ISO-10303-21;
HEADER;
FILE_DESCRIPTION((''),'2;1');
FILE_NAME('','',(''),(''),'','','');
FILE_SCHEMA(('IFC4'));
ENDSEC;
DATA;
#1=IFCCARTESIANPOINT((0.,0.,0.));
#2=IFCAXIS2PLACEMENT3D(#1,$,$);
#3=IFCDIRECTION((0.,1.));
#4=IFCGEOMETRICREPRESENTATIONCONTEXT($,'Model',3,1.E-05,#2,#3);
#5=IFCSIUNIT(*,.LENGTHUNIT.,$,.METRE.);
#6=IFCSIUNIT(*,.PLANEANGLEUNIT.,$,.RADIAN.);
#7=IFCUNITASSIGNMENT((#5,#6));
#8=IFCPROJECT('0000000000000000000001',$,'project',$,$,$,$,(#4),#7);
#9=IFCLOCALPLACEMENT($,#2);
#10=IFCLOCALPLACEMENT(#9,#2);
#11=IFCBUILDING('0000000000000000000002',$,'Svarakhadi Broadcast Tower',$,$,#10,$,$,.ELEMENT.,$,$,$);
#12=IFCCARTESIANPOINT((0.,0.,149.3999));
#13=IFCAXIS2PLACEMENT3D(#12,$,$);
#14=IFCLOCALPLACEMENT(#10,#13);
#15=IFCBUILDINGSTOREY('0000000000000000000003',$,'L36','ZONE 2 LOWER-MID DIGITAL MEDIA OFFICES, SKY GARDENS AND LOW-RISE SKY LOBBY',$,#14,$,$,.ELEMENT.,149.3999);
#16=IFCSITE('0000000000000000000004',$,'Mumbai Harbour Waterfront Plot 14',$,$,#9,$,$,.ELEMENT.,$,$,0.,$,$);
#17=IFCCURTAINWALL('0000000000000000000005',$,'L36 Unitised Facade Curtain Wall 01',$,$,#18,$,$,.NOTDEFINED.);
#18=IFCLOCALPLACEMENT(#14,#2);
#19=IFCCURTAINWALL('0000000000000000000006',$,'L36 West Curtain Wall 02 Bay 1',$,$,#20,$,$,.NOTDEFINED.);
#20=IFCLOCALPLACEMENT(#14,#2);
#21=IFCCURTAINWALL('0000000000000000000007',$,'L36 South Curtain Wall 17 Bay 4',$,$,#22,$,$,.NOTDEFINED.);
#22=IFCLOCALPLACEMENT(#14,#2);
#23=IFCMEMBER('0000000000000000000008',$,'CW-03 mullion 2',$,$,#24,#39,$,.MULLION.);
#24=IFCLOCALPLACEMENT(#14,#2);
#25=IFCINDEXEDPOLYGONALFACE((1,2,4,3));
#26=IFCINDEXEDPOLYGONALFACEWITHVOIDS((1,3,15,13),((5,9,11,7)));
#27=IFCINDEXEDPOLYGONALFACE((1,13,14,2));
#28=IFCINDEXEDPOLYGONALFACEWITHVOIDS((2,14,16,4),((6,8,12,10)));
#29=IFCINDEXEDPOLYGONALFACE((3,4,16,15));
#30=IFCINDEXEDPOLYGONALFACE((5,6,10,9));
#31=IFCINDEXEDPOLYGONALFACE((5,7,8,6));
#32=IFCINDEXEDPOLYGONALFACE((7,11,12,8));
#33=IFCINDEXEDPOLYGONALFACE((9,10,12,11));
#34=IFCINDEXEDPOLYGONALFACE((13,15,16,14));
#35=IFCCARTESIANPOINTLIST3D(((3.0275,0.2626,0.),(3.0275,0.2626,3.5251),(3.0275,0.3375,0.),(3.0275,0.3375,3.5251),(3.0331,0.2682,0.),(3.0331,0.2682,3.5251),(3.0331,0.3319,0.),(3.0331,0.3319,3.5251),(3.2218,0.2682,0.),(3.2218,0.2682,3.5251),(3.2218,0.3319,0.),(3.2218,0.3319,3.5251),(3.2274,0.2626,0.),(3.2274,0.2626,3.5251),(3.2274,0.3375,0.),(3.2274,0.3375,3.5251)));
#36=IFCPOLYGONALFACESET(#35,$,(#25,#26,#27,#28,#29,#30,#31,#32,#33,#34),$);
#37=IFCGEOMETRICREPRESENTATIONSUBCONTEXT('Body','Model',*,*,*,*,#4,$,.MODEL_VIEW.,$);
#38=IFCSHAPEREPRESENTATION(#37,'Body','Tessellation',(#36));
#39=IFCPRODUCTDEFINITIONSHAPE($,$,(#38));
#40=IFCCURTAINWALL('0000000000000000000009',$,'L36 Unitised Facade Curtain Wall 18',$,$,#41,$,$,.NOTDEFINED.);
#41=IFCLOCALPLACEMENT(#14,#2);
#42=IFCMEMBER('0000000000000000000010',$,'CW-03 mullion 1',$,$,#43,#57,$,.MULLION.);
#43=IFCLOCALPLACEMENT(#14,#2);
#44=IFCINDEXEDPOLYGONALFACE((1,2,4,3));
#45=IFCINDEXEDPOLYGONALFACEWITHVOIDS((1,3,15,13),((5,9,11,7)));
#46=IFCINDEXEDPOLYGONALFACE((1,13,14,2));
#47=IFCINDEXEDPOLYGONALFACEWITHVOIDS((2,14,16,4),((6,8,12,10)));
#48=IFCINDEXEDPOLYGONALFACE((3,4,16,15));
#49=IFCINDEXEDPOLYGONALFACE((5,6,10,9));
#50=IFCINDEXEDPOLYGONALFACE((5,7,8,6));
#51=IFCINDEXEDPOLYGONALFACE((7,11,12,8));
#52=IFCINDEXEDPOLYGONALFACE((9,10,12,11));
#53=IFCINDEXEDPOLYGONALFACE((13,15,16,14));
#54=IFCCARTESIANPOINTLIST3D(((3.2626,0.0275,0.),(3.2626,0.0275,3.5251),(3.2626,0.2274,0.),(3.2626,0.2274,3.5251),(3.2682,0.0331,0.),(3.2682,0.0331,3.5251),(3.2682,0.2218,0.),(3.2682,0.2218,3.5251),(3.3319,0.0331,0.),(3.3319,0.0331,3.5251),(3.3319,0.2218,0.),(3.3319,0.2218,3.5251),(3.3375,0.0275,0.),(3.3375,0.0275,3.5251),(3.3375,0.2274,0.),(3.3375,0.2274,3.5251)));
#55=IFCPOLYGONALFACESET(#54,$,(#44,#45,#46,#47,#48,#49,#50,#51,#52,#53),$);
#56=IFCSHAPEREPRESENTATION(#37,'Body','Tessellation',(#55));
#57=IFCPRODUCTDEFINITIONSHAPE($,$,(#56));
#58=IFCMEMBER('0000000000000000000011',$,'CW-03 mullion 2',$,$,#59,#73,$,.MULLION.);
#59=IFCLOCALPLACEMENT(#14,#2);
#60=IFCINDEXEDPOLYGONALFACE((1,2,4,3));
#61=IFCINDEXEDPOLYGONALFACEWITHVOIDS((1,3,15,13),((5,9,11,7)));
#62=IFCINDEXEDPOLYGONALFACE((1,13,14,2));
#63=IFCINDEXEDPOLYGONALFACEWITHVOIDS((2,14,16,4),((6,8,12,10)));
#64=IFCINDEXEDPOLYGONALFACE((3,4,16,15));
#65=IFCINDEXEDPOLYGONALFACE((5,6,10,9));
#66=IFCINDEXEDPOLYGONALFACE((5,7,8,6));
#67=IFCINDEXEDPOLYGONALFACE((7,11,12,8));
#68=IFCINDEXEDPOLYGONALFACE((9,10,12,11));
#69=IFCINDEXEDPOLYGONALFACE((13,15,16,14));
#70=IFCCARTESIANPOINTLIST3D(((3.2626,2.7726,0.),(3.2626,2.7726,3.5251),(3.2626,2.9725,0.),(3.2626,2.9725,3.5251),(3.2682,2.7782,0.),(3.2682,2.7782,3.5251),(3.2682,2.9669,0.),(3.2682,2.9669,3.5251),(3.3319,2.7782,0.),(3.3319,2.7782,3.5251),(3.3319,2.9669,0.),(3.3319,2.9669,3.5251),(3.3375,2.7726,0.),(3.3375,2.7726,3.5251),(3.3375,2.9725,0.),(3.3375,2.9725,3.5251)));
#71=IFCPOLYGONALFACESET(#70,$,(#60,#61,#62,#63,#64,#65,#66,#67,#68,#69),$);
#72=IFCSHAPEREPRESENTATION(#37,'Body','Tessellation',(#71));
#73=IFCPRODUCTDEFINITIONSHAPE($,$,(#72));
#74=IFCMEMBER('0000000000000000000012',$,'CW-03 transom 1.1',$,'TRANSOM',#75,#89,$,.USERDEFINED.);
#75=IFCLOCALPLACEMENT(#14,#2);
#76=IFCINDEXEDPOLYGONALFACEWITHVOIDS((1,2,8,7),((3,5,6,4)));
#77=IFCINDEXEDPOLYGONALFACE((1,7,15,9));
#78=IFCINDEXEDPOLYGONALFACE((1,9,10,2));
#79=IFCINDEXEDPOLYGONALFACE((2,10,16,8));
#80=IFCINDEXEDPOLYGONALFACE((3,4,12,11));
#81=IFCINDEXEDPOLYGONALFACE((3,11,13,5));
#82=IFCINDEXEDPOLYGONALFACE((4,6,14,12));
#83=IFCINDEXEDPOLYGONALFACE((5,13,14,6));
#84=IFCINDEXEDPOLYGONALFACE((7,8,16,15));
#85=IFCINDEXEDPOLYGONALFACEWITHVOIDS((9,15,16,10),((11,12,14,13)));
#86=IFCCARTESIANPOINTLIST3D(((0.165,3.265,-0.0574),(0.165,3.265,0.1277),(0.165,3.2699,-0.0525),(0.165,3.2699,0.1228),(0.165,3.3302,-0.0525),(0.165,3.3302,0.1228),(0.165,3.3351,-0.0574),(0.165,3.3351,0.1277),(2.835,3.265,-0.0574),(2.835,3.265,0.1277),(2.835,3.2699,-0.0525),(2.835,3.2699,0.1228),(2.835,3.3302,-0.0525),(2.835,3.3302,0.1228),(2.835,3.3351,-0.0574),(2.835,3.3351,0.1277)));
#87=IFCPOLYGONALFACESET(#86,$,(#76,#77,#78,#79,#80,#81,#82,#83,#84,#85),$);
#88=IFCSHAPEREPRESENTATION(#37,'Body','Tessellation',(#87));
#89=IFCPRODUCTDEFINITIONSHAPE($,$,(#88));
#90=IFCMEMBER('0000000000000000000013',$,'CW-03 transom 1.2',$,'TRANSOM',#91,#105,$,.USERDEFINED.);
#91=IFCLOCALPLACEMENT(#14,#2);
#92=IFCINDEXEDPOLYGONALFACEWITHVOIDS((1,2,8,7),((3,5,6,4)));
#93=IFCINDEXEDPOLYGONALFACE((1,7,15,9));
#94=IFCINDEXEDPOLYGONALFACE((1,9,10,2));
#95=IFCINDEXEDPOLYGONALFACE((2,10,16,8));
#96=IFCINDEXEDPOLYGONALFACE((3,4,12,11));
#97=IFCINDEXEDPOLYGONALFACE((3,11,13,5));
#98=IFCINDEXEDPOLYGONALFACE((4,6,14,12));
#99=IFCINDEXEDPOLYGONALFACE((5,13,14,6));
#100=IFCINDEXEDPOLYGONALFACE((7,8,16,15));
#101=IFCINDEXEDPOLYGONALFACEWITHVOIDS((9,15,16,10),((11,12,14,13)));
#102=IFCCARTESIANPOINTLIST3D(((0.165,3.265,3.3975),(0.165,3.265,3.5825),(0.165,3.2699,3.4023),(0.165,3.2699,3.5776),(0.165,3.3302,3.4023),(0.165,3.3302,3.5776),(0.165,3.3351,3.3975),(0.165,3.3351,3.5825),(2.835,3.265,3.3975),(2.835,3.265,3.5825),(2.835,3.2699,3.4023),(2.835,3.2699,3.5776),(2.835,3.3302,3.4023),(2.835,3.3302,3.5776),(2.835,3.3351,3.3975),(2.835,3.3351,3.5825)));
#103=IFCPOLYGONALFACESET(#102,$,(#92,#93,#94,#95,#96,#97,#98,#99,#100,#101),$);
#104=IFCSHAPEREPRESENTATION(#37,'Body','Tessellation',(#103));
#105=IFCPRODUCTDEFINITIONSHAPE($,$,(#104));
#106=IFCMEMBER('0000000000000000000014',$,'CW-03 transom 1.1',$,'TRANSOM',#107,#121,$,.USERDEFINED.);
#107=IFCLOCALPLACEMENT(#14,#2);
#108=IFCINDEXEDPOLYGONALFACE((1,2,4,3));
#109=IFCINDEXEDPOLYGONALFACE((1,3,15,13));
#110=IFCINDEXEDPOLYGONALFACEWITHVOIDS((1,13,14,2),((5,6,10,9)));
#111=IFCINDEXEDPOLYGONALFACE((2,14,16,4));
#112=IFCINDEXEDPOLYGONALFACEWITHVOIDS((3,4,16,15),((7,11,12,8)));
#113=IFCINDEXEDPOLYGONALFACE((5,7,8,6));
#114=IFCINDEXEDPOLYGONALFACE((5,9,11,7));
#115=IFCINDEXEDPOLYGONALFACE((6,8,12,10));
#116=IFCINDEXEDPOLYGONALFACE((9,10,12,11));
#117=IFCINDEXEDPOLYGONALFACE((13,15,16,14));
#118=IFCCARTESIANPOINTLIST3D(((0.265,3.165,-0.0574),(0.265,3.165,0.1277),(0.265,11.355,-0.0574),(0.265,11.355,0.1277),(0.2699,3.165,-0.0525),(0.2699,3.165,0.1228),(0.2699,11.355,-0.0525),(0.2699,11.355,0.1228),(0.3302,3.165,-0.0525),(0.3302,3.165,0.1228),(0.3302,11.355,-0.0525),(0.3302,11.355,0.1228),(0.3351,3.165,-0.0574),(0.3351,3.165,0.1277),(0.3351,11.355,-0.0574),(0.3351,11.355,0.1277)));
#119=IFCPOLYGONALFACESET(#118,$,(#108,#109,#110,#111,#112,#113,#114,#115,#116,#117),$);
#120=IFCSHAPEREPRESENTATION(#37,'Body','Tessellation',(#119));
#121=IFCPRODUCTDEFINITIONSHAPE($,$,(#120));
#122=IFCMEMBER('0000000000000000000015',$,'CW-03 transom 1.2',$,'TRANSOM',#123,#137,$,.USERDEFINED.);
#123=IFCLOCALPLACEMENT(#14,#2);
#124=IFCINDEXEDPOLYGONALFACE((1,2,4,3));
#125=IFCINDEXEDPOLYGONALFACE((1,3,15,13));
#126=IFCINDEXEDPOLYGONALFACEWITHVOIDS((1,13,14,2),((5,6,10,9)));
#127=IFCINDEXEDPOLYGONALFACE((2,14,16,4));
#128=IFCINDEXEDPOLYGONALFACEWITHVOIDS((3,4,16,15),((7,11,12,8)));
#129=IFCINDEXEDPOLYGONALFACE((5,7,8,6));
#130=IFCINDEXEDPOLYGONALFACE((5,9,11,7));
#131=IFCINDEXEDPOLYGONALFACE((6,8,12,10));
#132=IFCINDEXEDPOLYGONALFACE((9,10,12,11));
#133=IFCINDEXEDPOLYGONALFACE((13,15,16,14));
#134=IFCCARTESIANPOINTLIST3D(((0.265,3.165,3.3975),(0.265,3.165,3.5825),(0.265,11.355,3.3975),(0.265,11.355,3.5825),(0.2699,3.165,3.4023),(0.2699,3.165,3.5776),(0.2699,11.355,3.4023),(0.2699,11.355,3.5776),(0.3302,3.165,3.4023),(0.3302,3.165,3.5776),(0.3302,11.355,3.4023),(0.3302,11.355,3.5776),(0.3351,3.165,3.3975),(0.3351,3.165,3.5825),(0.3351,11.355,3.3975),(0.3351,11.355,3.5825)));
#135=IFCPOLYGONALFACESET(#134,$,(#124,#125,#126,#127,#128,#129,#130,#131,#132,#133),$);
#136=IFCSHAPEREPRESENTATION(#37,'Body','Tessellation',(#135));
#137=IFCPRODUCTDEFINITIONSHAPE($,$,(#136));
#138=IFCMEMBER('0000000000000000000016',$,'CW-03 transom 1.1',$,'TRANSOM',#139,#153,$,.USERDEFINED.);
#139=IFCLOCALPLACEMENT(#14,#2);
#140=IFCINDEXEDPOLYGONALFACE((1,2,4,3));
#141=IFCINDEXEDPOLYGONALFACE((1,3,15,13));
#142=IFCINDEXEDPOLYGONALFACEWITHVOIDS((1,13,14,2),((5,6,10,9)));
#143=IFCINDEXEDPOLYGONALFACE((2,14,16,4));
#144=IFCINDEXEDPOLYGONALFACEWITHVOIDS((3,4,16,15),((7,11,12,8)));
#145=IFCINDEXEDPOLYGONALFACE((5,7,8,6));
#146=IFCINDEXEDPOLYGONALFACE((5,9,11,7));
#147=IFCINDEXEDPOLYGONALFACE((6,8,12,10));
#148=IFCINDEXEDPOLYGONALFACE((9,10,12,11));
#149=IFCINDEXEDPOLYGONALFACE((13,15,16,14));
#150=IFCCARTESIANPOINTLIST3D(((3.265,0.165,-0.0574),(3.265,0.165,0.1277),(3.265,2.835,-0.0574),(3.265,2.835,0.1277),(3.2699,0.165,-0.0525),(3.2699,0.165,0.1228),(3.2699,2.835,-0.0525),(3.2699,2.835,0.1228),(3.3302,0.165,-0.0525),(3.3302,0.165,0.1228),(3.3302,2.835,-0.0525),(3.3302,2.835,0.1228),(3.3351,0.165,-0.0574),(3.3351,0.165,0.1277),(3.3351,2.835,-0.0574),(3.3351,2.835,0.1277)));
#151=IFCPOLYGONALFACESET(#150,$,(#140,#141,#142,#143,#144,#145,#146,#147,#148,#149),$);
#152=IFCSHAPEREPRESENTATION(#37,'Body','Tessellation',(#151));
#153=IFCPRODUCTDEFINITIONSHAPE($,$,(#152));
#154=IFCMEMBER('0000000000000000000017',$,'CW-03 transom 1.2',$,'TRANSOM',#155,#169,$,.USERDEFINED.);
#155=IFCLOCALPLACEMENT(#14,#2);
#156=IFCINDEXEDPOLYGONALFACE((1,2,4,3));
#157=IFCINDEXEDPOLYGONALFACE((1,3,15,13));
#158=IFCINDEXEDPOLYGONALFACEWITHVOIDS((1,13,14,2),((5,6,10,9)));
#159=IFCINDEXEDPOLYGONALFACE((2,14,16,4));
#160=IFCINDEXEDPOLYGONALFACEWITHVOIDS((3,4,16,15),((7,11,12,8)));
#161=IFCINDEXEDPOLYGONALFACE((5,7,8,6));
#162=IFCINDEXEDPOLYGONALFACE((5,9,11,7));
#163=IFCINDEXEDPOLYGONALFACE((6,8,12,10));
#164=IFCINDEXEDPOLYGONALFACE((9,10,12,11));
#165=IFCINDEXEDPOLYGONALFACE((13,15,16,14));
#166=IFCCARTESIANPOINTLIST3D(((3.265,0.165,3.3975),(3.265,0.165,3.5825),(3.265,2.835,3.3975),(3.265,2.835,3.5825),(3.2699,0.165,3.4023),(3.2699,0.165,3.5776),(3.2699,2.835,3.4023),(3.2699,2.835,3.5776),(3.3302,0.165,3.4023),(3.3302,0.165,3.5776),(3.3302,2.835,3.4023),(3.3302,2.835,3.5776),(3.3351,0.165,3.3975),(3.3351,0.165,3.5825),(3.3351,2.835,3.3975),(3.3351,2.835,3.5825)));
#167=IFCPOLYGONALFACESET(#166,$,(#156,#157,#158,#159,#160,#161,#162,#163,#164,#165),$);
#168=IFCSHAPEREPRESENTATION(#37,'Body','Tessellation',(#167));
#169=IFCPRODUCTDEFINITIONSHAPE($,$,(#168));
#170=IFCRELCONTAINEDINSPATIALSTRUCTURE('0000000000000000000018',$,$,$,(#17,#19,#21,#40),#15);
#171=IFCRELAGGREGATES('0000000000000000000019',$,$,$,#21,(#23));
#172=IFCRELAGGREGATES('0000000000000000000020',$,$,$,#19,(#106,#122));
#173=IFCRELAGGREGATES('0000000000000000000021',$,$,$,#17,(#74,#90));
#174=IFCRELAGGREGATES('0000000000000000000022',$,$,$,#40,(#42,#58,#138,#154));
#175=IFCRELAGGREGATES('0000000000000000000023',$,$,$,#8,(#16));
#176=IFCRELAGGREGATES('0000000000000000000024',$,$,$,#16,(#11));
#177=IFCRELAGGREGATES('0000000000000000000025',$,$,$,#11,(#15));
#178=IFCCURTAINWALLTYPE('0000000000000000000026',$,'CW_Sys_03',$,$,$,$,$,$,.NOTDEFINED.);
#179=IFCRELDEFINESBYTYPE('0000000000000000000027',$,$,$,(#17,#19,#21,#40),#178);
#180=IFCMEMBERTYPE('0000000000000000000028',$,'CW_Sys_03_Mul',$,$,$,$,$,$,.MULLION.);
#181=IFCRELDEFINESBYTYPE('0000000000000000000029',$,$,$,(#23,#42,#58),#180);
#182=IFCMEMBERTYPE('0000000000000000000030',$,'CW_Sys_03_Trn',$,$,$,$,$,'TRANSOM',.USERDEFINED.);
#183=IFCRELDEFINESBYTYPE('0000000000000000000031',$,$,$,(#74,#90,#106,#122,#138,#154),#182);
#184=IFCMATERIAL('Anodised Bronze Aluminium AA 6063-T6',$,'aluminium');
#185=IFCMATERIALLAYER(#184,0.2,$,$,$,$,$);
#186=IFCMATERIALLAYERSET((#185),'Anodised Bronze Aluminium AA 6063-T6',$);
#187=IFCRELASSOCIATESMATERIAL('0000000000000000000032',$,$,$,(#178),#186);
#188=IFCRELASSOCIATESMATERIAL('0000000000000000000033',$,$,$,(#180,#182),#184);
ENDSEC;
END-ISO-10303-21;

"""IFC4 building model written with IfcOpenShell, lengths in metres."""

from ifc_helpers import new_model, si_unit, direction, frame, origin, origin_2d, place, context, subcontext, project, spatial, hollow_rectangle, extrude, material, layer, layer_set, material_profile, profile_set, type_object, element, aggregate, save


model = new_model("IFC4")

# Units and contexts
model_context = context("Model", 3, precision=1e-05, world=origin(), true_north=direction((0.0, 1.0)))
body_context = subcontext(model_context, "Body", "Model", "MODEL_VIEW")
ifc_project = project(units=[si_unit("LENGTHUNIT", "METRE"), si_unit("PLANEANGLEUNIT", "RADIAN")], contexts=[model_context])

# Site, building, storey
site_placement = place(None, origin())
site = spatial("IfcSite", under=ifc_project, at=site_placement, Name="Mumbai Harbour Waterfront Plot 14", CompositionType="ELEMENT", RefElevation=0.0)
building_placement = place(site_placement, origin())
building = spatial("IfcBuilding", under=site, at=building_placement, Name="Svarakhadi Broadcast Tower", CompositionType="ELEMENT")
storey_placement = place(building_placement, frame((0.0, 0.0, 149.3999)))
storey = spatial("IfcBuildingStorey", under=building, at=storey_placement, Name="L36", Description="ZONE 2 LOWER-MID DIGITAL MEDIA OFFICES, SKY GARDENS AND LOW-RISE SKY LOBBY", CompositionType="ELEMENT", Elevation=149.3999)

# Curtain wall
ifc_material_1 = material(Name="Anodised Bronze Aluminium AA 6063-T6", Category="aluminium")
ifc_layer_1 = layer(ifc_material_1, 0.2)
ifc_layer_set_1 = layer_set([ifc_layer_1], Name="Anodised Bronze Aluminium AA 6063-T6")
curtain_wall_type = type_object("IfcCurtainWallType", Name="CW_Sys_03", PredefinedType="NOTDEFINED", material=ifc_layer_set_1)
curtain_wall_1_placement = place(storey_placement, origin())
curtain_wall_1 = element("IfcCurtainWall", 1, at=curtain_wall_1_placement, inside=storey, type_object=curtain_wall_type, Name="L36 Unitised Facade Curtain Wall 01", PredefinedType="NOTDEFINED")
ifc_material_profile_1 = material_profile(ifc_material_1, hollow_rectangle(XDim=0.075, YDim=0.2, WallThickness=0.0056, at=origin_2d()), Name="ALU MULLION 200x75x6")
ifc_profile_set_1 = profile_set([ifc_material_profile_1], Name="Anodised Bronze Aluminium AA 6063-T6")
member_type_1 = type_object("IfcMemberType", Name="CW_Sys_03_Mul", PredefinedType="MULLION", material=ifc_profile_set_1)

# Curtain walls, member
curtain_wall_2_placement = place(storey_placement, origin())
curtain_wall_2 = element("IfcCurtainWall", 2, at=curtain_wall_2_placement, inside=storey, type_object=curtain_wall_type, Name="L36 West Curtain Wall 02 Bay 1", PredefinedType="NOTDEFINED")
curtain_wall_3_placement = place(storey_placement, origin())
curtain_wall_3 = element("IfcCurtainWall", 3, at=curtain_wall_3_placement, inside=storey, type_object=curtain_wall_type, Name="L36 South Curtain Wall 17 Bay 4", PredefinedType="NOTDEFINED")
member_1_placement = place(storey_placement, frame((3.1274, 0.3, 0.0), z_axis=(0.0, 0.0, 1.0), x_axis=(0.0, -1.0, 0.0)))
member_1 = element("IfcMember", 4, at=member_1_placement, type_object=member_type_1, Name="CW-03 mullion 2", PredefinedType="MULLION", context=body_context, shape_type="SweptSolid", body=[
    extrude(hollow_rectangle(XDim=0.075, YDim=0.2, WallThickness=0.0056, at=origin_2d()), origin(), (0.0, 0.0, 1.0), 3.5251),
])
aggregate(curtain_wall_3, [member_1])

# Curtain wall, members
curtain_wall_4_placement = place(storey_placement, origin())
curtain_wall_4 = element("IfcCurtainWall", 5, at=curtain_wall_4_placement, inside=storey, type_object=curtain_wall_type, Name="L36 Unitised Facade Curtain Wall 18", PredefinedType="NOTDEFINED")
member_2_placement = place(storey_placement, frame((3.3, 0.1274, 0.0), z_axis=(0.0, 0.0, 1.0), x_axis=(-1.0, 0.0, 0.0)))
member_2 = element("IfcMember", 6, at=member_2_placement, type_object=member_type_1, Name="CW-03 mullion 1", PredefinedType="MULLION", context=body_context, shape_type="SweptSolid", body=[
    extrude(hollow_rectangle(XDim=0.075, YDim=0.2, WallThickness=0.0056, at=origin_2d()), origin(), (0.0, 0.0, 1.0), 3.5251),
])
member_3_placement = place(storey_placement, frame((3.3, 2.8726, 0.0), z_axis=(0.0, 0.0, 1.0), x_axis=(-1.0, 0.0, 0.0)))
member_3 = element("IfcMember", 7, at=member_3_placement, type_object=member_type_1, Name="CW-03 mullion 2", PredefinedType="MULLION", context=body_context, shape_type="SweptSolid", body=[
    extrude(hollow_rectangle(XDim=0.075, YDim=0.2, WallThickness=0.0056, at=origin_2d()), origin(), (0.0, 0.0, 1.0), 3.5251),
])

# Members
ifc_material_profile_2 = material_profile(ifc_material_1, hollow_rectangle(XDim=0.0701, YDim=0.1851, WallThickness=0.0049, at=origin_2d()), Name="ALU TRANSOM 185x70x5")
ifc_profile_set_2 = profile_set([ifc_material_profile_2], Name="Anodised Bronze Aluminium AA 6063-T6")
member_type_2 = type_object("IfcMemberType", Name="CW_Sys_03_Trn", ElementType="TRANSOM", PredefinedType="USERDEFINED", material=ifc_profile_set_2)
member_4_placement = place(storey_placement, frame((2.835, 3.3, 0.0352), z_axis=(-1.0, 0.0, 0.0), x_axis=(0.0, -1.0, 0.0)))
member_4 = element("IfcMember", 8, at=member_4_placement, type_object=member_type_2, Name="CW-03 transom 1.1", ObjectType="TRANSOM", PredefinedType="USERDEFINED", context=body_context, shape_type="SweptSolid", body=[
    extrude(hollow_rectangle(XDim=0.0701, YDim=0.1851, WallThickness=0.0049, at=origin_2d()), origin(), (0.0, 0.0, 1.0), 2.6699),
])
member_5_placement = place(storey_placement, frame((2.835, 3.3, 3.49), z_axis=(-1.0, 0.0, 0.0), x_axis=(0.0, -1.0, 0.0)))
member_5 = element("IfcMember", 9, at=member_5_placement, type_object=member_type_2, Name="CW-03 transom 1.2", ObjectType="TRANSOM", PredefinedType="USERDEFINED", context=body_context, shape_type="SweptSolid", body=[
    extrude(hollow_rectangle(XDim=0.0701, YDim=0.1851, WallThickness=0.0049, at=origin_2d()), origin(), (0.0, 0.0, 1.0), 2.6699),
])
member_6_placement = place(storey_placement, frame((0.3, 3.165, 0.0352), z_axis=(0.0, 1.0, 0.0), x_axis=(-1.0, 0.0, 0.0)))
member_6 = element("IfcMember", 10, at=member_6_placement, type_object=member_type_2, Name="CW-03 transom 1.1", ObjectType="TRANSOM", PredefinedType="USERDEFINED", context=body_context, shape_type="SweptSolid", body=[
    extrude(hollow_rectangle(XDim=0.0701, YDim=0.1851, WallThickness=0.0049, at=origin_2d()), origin(), (0.0, 0.0, 1.0), 8.1899),
])
member_7_placement = place(storey_placement, frame((0.3, 3.165, 3.49), z_axis=(0.0, 1.0, 0.0), x_axis=(-1.0, 0.0, 0.0)))
member_7 = element("IfcMember", 11, at=member_7_placement, type_object=member_type_2, Name="CW-03 transom 1.2", ObjectType="TRANSOM", PredefinedType="USERDEFINED", context=body_context, shape_type="SweptSolid", body=[
    extrude(hollow_rectangle(XDim=0.0701, YDim=0.1851, WallThickness=0.0049, at=origin_2d()), origin(), (0.0, 0.0, 1.0), 8.1899),
])
aggregate(curtain_wall_2, [member_6, member_7])
member_8_placement = place(storey_placement, frame((3.3, 0.165, 0.0352), z_axis=(0.0, 1.0, 0.0), x_axis=(-1.0, 0.0, 0.0)))
member_8 = element("IfcMember", 12, at=member_8_placement, type_object=member_type_2, Name="CW-03 transom 1.1", ObjectType="TRANSOM", PredefinedType="USERDEFINED", context=body_context, shape_type="SweptSolid", body=[
    extrude(hollow_rectangle(XDim=0.0701, YDim=0.1851, WallThickness=0.0049, at=origin_2d()), origin(), (0.0, 0.0, 1.0), 2.6699),
])
member_9_placement = place(storey_placement, frame((3.3, 0.165, 3.49), z_axis=(0.0, 1.0, 0.0), x_axis=(-1.0, 0.0, 0.0)))
member_9 = element("IfcMember", 13, at=member_9_placement, type_object=member_type_2, Name="CW-03 transom 1.2", ObjectType="TRANSOM", PredefinedType="USERDEFINED", context=body_context, shape_type="SweptSolid", body=[
    extrude(hollow_rectangle(XDim=0.0701, YDim=0.1851, WallThickness=0.0049, at=origin_2d()), origin(), (0.0, 0.0, 1.0), 2.6699),
])

aggregate(curtain_wall_1, [member_4, member_5])
aggregate(curtain_wall_4, [member_2, member_3, member_8, member_9])

save(model, "model.ifc")
